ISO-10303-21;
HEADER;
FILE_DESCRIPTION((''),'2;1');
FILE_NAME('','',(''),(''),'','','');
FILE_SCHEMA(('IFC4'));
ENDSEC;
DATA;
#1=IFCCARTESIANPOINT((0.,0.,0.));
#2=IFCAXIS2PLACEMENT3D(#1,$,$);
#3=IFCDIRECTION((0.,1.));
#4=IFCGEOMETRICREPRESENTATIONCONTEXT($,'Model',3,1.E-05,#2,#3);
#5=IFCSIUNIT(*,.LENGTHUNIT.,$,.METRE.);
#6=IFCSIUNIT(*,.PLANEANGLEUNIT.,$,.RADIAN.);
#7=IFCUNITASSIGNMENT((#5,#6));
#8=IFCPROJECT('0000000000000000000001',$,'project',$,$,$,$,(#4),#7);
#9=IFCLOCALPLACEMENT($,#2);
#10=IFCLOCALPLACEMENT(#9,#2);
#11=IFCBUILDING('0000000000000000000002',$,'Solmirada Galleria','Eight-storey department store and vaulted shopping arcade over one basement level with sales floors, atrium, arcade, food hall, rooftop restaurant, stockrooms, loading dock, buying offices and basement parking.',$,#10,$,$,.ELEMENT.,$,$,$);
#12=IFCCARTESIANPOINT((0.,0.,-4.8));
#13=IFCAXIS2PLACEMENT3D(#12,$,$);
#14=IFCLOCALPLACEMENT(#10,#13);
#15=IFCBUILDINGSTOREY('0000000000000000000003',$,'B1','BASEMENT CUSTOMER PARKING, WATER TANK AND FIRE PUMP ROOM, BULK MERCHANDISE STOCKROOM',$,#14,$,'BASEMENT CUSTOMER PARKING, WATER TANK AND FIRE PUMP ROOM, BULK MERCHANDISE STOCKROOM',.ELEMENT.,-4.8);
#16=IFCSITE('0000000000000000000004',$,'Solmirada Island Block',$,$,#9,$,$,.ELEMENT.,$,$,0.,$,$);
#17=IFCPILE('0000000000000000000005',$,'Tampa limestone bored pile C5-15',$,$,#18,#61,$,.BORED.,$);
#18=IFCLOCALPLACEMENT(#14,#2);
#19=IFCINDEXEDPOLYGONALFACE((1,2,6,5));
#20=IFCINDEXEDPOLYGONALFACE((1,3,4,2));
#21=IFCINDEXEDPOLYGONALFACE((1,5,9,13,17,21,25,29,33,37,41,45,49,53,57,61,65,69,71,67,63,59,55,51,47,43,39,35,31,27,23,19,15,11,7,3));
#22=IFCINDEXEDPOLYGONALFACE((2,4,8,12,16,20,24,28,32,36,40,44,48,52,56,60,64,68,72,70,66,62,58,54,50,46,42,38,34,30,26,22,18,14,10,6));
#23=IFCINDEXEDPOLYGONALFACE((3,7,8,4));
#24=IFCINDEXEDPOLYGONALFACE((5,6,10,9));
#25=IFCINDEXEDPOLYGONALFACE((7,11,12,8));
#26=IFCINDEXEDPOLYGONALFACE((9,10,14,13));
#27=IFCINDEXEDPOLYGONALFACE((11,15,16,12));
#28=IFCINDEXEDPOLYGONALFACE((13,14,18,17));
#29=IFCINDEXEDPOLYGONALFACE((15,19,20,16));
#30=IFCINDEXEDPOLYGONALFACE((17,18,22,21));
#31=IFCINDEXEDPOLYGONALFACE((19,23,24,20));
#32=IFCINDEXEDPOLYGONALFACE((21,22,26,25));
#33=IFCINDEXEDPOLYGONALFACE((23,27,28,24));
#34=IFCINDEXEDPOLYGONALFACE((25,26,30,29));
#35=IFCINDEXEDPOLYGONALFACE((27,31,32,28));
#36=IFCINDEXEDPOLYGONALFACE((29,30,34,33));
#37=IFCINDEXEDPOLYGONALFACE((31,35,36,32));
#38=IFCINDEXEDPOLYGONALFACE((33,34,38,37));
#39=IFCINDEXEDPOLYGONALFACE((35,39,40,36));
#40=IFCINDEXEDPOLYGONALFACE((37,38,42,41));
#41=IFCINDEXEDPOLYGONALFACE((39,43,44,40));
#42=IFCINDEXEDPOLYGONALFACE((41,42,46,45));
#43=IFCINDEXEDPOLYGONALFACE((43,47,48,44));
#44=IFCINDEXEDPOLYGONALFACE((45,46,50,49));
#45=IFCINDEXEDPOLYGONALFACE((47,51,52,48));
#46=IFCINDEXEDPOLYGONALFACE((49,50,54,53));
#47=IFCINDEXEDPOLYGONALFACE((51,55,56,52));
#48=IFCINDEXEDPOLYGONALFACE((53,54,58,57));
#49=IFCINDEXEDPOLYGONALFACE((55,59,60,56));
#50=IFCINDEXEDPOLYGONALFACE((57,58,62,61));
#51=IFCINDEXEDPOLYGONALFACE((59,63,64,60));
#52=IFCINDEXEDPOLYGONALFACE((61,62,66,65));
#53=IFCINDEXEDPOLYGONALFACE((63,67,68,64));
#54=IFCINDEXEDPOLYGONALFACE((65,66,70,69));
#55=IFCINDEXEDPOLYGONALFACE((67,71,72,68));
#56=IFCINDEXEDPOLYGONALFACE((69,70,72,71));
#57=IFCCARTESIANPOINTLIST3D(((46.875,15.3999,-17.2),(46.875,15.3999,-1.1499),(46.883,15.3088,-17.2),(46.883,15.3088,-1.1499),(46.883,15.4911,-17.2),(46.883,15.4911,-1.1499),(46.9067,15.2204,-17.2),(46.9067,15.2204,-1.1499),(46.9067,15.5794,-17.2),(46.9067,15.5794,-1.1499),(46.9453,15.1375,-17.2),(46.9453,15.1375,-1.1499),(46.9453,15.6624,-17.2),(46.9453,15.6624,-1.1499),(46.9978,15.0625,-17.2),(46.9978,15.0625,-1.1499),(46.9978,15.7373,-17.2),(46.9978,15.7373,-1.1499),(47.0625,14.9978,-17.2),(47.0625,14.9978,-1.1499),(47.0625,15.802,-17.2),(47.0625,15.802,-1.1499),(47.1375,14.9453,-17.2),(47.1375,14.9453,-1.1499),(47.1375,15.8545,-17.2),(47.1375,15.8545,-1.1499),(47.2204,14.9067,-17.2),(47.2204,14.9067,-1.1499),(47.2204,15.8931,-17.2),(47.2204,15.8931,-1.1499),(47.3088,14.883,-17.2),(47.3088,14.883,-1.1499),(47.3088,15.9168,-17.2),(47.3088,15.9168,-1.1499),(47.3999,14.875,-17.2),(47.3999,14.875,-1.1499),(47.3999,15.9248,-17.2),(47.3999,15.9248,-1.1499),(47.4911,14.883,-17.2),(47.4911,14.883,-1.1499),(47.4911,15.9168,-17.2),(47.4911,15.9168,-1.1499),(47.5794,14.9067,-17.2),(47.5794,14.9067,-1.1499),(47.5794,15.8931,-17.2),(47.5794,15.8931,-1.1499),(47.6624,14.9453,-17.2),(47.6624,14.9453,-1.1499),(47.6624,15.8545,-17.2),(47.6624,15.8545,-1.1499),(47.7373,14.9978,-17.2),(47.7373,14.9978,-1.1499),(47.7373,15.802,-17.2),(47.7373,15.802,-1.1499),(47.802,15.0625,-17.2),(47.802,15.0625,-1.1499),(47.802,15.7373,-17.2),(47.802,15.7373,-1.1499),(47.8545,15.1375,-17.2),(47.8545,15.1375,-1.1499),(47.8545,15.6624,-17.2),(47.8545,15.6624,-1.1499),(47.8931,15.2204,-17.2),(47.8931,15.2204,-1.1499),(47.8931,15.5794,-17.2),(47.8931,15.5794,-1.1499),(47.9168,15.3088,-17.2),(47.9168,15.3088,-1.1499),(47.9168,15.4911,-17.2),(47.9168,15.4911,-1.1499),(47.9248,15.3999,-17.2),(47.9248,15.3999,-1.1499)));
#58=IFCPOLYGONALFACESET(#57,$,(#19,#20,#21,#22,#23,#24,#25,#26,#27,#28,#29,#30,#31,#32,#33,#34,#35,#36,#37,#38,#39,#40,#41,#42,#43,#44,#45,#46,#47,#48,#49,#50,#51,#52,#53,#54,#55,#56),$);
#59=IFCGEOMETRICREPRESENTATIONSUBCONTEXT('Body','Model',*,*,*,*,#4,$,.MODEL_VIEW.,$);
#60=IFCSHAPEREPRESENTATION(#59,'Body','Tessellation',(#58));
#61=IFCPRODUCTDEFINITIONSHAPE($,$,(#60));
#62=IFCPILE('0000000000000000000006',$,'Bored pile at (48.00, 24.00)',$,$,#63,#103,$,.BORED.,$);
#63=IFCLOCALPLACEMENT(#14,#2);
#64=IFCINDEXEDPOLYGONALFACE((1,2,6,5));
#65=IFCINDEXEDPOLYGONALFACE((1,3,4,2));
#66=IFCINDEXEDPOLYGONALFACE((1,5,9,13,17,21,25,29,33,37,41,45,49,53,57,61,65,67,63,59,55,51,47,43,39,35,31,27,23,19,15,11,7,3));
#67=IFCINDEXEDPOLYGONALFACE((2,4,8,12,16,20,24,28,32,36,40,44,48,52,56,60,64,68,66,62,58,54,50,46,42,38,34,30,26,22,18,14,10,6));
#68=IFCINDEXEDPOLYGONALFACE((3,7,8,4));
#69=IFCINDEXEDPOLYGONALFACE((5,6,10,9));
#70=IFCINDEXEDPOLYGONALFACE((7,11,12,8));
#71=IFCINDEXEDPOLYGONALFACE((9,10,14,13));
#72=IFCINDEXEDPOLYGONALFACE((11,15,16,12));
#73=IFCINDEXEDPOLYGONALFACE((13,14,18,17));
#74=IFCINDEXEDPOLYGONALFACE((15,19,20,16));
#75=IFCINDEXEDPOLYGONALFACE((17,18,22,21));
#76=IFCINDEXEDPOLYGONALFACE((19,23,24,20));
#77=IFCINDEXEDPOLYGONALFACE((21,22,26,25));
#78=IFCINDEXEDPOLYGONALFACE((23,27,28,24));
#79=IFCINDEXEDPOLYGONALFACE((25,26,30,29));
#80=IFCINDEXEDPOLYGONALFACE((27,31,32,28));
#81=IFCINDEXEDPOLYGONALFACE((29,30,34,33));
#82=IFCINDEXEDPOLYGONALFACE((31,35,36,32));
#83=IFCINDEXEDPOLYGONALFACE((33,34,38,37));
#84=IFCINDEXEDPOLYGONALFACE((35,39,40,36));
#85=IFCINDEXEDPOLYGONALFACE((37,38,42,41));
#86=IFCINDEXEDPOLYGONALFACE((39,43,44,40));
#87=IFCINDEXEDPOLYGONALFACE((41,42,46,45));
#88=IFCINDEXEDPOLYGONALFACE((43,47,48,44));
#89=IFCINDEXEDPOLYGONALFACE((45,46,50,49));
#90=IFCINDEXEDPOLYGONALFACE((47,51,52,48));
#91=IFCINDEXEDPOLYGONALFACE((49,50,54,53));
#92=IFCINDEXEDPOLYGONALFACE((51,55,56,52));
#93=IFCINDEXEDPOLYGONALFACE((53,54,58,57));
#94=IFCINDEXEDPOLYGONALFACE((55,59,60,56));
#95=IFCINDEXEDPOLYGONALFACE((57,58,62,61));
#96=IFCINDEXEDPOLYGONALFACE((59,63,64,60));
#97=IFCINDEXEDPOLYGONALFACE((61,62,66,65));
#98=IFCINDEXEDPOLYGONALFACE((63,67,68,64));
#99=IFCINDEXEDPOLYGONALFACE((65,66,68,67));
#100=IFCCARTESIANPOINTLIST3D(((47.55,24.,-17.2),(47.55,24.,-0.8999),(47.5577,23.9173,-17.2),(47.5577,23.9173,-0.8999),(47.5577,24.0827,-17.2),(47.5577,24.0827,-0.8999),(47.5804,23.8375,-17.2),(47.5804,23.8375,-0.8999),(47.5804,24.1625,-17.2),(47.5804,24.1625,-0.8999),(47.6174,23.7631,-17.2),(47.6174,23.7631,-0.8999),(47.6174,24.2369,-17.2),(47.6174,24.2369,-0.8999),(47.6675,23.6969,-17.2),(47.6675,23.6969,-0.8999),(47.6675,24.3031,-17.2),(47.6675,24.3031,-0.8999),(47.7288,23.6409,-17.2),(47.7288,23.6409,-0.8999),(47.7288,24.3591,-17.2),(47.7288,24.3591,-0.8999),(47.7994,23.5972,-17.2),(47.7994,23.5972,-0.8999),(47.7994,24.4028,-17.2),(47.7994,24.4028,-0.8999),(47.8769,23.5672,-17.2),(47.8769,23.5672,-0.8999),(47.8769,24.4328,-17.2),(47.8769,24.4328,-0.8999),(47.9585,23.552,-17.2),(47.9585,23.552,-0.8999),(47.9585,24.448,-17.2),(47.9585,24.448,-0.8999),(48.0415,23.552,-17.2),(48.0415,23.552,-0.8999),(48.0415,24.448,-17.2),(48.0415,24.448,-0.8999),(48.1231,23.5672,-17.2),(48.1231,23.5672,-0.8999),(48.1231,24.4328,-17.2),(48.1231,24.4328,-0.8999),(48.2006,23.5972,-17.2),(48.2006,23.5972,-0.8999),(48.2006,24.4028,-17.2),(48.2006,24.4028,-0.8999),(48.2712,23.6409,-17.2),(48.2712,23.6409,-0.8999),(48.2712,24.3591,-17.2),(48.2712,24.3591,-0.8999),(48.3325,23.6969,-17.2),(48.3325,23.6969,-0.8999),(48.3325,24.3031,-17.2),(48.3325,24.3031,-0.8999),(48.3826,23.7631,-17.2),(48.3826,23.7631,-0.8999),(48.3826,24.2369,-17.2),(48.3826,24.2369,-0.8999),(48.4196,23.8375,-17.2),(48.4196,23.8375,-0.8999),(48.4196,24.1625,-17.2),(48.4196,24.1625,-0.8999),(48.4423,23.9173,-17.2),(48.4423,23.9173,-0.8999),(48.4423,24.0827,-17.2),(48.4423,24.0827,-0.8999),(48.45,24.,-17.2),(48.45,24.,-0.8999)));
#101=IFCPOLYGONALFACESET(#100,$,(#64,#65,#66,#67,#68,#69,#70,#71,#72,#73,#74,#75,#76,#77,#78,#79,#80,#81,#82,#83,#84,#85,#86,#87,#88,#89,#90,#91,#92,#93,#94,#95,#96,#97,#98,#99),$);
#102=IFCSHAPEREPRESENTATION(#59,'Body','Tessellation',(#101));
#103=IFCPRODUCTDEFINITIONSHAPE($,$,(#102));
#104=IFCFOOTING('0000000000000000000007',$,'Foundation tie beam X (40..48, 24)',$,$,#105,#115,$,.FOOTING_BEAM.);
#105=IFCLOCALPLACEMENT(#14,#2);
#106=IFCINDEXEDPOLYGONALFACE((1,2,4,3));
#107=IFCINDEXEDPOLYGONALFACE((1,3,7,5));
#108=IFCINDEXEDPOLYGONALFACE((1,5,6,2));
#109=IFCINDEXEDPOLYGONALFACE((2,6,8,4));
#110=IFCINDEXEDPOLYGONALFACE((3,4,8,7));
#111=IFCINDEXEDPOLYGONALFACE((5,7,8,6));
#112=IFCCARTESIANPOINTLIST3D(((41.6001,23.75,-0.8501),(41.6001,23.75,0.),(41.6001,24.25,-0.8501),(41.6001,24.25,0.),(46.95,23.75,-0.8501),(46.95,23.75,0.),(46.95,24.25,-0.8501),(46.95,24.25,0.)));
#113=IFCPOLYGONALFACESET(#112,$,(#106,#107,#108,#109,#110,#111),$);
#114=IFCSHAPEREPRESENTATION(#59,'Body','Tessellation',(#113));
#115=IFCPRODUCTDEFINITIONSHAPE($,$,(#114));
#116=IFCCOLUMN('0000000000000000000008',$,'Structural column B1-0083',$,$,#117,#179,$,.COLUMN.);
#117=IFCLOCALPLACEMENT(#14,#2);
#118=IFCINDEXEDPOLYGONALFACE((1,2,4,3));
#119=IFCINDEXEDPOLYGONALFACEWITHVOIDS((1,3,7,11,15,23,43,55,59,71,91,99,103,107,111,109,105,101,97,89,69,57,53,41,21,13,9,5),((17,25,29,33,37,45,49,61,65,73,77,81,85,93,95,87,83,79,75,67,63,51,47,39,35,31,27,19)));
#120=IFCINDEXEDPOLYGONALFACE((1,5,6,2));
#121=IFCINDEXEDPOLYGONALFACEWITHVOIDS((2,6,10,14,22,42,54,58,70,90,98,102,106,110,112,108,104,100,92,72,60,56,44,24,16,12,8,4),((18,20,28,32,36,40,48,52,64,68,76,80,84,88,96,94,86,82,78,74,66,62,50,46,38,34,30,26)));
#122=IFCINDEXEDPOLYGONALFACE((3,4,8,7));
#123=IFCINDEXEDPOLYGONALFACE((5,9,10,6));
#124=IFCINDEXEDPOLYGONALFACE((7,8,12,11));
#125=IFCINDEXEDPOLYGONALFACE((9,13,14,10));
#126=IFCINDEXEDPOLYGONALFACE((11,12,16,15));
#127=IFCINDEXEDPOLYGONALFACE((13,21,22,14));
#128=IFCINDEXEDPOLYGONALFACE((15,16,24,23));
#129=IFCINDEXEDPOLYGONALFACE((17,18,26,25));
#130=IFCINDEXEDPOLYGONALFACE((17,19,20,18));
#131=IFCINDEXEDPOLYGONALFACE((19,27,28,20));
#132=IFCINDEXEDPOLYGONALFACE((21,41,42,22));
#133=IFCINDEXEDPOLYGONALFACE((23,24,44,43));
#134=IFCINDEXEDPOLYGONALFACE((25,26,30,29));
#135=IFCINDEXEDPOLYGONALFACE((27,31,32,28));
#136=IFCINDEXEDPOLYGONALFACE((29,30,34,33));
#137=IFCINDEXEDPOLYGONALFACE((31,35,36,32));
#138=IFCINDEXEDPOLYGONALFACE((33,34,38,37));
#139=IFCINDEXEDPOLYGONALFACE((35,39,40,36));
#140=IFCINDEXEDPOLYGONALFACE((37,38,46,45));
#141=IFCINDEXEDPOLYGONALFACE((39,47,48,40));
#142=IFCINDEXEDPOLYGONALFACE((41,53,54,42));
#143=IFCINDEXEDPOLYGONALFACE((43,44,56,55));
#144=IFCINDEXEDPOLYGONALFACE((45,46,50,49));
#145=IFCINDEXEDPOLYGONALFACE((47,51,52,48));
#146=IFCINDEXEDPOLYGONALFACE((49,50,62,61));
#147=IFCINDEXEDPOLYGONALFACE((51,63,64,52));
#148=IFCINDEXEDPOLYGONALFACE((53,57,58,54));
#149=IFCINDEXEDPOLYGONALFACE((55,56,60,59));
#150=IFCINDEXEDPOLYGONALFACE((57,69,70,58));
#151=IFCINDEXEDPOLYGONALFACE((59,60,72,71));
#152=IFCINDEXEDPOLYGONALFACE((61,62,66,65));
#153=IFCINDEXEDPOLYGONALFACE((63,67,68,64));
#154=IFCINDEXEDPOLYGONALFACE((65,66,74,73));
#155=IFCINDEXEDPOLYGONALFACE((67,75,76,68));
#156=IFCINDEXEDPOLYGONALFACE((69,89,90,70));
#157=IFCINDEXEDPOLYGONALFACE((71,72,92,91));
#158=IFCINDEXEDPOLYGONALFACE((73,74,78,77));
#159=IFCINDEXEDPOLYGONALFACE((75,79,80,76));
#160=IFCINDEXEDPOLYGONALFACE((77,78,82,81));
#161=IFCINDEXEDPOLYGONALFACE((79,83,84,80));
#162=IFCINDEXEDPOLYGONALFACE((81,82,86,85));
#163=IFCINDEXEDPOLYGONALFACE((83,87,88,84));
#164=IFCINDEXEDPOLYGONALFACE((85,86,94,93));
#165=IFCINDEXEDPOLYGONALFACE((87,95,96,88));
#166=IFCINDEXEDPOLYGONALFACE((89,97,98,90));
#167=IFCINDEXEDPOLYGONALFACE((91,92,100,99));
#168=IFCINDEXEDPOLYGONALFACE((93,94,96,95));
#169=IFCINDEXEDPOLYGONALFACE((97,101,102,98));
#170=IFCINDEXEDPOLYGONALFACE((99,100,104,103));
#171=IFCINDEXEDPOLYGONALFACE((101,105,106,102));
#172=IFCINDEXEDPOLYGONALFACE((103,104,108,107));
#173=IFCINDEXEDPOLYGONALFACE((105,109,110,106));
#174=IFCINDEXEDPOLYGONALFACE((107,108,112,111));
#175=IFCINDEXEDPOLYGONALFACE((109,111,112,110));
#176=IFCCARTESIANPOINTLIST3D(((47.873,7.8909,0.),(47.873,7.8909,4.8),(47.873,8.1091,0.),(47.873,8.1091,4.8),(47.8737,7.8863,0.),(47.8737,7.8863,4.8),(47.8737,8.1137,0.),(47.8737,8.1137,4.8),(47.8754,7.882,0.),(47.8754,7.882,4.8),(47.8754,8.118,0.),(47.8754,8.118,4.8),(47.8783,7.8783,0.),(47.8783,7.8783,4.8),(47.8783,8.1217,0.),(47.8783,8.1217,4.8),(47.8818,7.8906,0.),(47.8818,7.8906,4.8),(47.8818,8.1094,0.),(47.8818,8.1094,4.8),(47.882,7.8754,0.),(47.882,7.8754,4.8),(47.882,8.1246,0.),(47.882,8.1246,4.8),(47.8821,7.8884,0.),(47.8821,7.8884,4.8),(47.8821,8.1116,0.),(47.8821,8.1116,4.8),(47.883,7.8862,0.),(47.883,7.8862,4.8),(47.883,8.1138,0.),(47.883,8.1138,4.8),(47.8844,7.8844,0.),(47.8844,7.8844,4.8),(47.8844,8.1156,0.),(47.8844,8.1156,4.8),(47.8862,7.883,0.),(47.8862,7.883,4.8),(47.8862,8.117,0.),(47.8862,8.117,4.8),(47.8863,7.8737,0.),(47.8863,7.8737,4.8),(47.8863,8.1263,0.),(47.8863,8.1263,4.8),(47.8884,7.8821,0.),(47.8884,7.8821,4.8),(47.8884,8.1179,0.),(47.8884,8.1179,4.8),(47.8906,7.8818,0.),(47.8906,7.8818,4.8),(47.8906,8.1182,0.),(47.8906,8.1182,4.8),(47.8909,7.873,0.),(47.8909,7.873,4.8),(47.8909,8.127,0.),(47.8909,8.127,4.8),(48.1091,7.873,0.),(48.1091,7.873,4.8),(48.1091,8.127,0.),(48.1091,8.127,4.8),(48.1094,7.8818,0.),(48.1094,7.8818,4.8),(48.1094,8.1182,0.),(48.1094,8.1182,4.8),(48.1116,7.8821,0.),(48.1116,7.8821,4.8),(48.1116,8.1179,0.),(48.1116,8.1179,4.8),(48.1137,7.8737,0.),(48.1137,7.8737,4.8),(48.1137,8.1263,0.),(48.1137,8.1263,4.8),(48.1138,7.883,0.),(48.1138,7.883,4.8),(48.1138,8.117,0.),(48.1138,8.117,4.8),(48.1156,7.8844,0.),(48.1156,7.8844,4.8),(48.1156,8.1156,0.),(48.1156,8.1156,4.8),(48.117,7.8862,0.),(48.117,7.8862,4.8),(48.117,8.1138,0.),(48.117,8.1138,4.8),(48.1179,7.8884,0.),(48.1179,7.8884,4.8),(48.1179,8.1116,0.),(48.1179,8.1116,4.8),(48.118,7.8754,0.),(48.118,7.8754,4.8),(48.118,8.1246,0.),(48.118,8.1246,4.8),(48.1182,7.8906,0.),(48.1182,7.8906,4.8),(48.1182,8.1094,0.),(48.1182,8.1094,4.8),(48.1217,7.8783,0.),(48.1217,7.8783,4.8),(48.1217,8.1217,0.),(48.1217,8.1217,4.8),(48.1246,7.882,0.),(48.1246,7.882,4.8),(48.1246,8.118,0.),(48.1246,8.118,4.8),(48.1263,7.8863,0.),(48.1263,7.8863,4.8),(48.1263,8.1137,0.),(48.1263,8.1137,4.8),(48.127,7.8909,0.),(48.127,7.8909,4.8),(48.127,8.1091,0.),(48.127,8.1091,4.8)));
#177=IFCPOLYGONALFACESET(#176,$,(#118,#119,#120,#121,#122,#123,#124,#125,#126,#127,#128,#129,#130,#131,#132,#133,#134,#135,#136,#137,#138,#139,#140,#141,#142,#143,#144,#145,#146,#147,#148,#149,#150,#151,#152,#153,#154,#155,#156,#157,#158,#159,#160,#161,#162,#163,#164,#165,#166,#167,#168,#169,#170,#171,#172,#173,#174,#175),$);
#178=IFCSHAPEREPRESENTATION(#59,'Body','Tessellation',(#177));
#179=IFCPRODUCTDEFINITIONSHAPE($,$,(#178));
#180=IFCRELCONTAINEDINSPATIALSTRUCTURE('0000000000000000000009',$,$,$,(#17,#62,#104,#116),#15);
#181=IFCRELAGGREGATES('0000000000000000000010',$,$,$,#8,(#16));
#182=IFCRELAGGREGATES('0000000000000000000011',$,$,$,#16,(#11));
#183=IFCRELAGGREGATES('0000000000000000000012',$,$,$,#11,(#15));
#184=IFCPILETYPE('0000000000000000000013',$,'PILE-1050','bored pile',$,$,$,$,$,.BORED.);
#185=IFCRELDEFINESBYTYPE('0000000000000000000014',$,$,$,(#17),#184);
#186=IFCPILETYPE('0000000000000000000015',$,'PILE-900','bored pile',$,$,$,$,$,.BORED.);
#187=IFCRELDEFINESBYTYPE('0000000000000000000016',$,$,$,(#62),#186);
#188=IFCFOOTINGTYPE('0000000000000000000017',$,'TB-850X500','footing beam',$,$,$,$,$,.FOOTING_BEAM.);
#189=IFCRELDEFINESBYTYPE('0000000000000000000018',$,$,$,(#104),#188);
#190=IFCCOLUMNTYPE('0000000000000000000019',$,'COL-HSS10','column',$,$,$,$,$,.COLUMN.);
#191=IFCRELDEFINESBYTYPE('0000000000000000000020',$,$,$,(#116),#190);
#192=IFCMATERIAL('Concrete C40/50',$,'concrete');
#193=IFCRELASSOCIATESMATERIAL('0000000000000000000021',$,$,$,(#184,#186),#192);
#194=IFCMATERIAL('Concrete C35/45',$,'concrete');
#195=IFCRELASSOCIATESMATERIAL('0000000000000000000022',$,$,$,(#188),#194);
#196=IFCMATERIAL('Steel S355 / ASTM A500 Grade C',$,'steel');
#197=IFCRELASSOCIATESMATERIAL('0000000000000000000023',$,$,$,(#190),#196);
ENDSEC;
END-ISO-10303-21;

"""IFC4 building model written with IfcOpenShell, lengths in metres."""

from ifc_helpers import new_model, si_unit, direction, frame, origin, origin_2d, place, context, subcontext, project, spatial, rectangle, hollow_rectangle, circle, extrude, material, material_profile, profile_set, type_object, element, save


model = new_model("IFC4")

# Units and contexts
model_context = context("Model", 3, precision=1e-05, world=origin(), true_north=direction((0.0, 1.0)))
body_context = subcontext(model_context, "Body", "Model", "MODEL_VIEW")
ifc_project = project(units=[si_unit("LENGTHUNIT", "METRE"), si_unit("PLANEANGLEUNIT", "RADIAN")], contexts=[model_context])

# Site, building, storey
site_placement = place(None, origin())
site = spatial("IfcSite", under=ifc_project, at=site_placement, Name="Solmirada Island Block", CompositionType="ELEMENT", RefElevation=0.0)
building_placement = place(site_placement, origin())
building = spatial("IfcBuilding", under=site, at=building_placement, Name="Solmirada Galleria", Description="Eight-storey department store and vaulted shopping arcade over one basement level with sales floors, atrium, arcade, food hall, rooftop restaurant, stockrooms, loading dock, buying offices and basement parking.", CompositionType="ELEMENT")
storey_placement = place(building_placement, frame((0.0, 0.0, -4.8)))
storey = spatial("IfcBuildingStorey", under=building, at=storey_placement, Name="B1", Description="BASEMENT CUSTOMER PARKING, WATER TANK AND FIRE PUMP ROOM, BULK MERCHANDISE STOCKROOM", LongName="BASEMENT CUSTOMER PARKING, WATER TANK AND FIRE PUMP ROOM, BULK MERCHANDISE STOCKROOM", CompositionType="ELEMENT", Elevation=-4.8)

# Shared definitions
ifc_material_1 = material(Name="Concrete C35/45", Category="concrete")

# Piles
ifc_material_2 = material(Name="Concrete C40/50", Category="concrete")
ifc_material_profile_1 = material_profile(ifc_material_2, circle(Radius=0.5249, at=origin_2d()), Name="PILE1050")
ifc_profile_set_1 = profile_set([ifc_material_profile_1], Name="Concrete C40/50")
pile_type_1 = type_object("IfcPileType", Name="PILE-1050", Description="bored pile", PredefinedType="BORED", material=ifc_profile_set_1)
for number, where, z_axis, x_axis, name in (
    (1, (47.3999, 15.3999, -1.1499), (0.0, 0.0, -1.0), (1.0, 0.0, 0.0), "Tampa limestone bored pile C5-15"),
):
    element("IfcPile", number, at=place(storey_placement, frame(where, z_axis=z_axis, x_axis=x_axis)), inside=storey, type_object=pile_type_1, Name=name, PredefinedType="BORED", context=body_context, shape_type="SweptSolid", body=[
        extrude(circle(Radius=0.5249, at=origin_2d()), origin(), (0.0, 0.0, 1.0), 16.05),
    ])
ifc_material_profile_2 = material_profile(ifc_material_2, circle(Radius=0.45, at=origin_2d()), Name="PILE900")
ifc_profile_set_2 = profile_set([ifc_material_profile_2], Name="Concrete C40/50")
pile_type_2 = type_object("IfcPileType", Name="PILE-900", Description="bored pile", PredefinedType="BORED", material=ifc_profile_set_2)
pile_placement = place(storey_placement, frame((48.0, 24.0, -0.8999), z_axis=(0.0, 0.0, -1.0), x_axis=(1.0, 0.0, 0.0)))
element("IfcPile", 2, at=pile_placement, inside=storey, type_object=pile_type_2, Name="Bored pile at (48.00, 24.00)", PredefinedType="BORED", context=body_context, shape_type="SweptSolid", body=[
    extrude(circle(Radius=0.45, at=origin_2d()), origin(), (0.0, 0.0, 1.0), 16.3),
])

# Footing
ifc_material_profile_3 = material_profile(ifc_material_1, rectangle(XDim=0.5, YDim=0.8501, at=origin_2d()), Name="RC850X500")
ifc_profile_set_3 = profile_set([ifc_material_profile_3], Name="Concrete C35/45")
footing_type_1 = type_object("IfcFootingType", Name="TB-850X500", Description="footing beam", PredefinedType="FOOTING_BEAM", material=ifc_profile_set_3)
footing_1_placement = place(storey_placement, frame((41.6001, 24.0, -0.425), z_axis=(1.0, 0.0, 0.0), x_axis=(0.0, 1.0, 0.0)))
element("IfcFooting", 3, at=footing_1_placement, inside=storey, type_object=footing_type_1, Name="Foundation tie beam X (40..48, 24)", PredefinedType="FOOTING_BEAM", context=body_context, shape_type="SweptSolid", body=[
    extrude(rectangle(XDim=0.5, YDim=0.8501, at=origin_2d()), origin(), (0.0, 0.0, 1.0), 5.3499),
])

# Column
ifc_material_3 = material(Name="Steel S355 / ASTM A500 Grade C", Category="steel")
ifc_material_profile_4 = material_profile(ifc_material_3, hollow_rectangle(XDim=0.2539, YDim=0.2539, WallThickness=0.0088, InnerFilletRadius=0.0088, OuterFilletRadius=0.0178, at=origin_2d()), Name="HSS10X10X3/8")
ifc_profile_set_4 = profile_set([ifc_material_profile_4], Name="Steel S355 / ASTM A500 Grade C")
column_type = type_object("IfcColumnType", Name="COL-HSS10", Description="column", PredefinedType="COLUMN", material=ifc_profile_set_4)
for number, where, z_axis, x_axis, name in (
    (4, (48.0, 8.0, 0.0), (0.0, 0.0, 1.0), (1.0, 0.0, 0.0), "Structural column B1-0083"),
):
    element("IfcColumn", number, at=place(storey_placement, frame(where, z_axis=z_axis, x_axis=x_axis)), inside=storey, type_object=column_type, Name=name, PredefinedType="COLUMN", context=body_context, shape_type="SweptSolid", body=[
        extrude(hollow_rectangle(XDim=0.2539, YDim=0.2539, WallThickness=0.0088, InnerFilletRadius=0.0088, OuterFilletRadius=0.0178, at=origin_2d()), origin(), (0.0, 0.0, 1.0), 4.8),
    ])

save(model, "model.ifc")
